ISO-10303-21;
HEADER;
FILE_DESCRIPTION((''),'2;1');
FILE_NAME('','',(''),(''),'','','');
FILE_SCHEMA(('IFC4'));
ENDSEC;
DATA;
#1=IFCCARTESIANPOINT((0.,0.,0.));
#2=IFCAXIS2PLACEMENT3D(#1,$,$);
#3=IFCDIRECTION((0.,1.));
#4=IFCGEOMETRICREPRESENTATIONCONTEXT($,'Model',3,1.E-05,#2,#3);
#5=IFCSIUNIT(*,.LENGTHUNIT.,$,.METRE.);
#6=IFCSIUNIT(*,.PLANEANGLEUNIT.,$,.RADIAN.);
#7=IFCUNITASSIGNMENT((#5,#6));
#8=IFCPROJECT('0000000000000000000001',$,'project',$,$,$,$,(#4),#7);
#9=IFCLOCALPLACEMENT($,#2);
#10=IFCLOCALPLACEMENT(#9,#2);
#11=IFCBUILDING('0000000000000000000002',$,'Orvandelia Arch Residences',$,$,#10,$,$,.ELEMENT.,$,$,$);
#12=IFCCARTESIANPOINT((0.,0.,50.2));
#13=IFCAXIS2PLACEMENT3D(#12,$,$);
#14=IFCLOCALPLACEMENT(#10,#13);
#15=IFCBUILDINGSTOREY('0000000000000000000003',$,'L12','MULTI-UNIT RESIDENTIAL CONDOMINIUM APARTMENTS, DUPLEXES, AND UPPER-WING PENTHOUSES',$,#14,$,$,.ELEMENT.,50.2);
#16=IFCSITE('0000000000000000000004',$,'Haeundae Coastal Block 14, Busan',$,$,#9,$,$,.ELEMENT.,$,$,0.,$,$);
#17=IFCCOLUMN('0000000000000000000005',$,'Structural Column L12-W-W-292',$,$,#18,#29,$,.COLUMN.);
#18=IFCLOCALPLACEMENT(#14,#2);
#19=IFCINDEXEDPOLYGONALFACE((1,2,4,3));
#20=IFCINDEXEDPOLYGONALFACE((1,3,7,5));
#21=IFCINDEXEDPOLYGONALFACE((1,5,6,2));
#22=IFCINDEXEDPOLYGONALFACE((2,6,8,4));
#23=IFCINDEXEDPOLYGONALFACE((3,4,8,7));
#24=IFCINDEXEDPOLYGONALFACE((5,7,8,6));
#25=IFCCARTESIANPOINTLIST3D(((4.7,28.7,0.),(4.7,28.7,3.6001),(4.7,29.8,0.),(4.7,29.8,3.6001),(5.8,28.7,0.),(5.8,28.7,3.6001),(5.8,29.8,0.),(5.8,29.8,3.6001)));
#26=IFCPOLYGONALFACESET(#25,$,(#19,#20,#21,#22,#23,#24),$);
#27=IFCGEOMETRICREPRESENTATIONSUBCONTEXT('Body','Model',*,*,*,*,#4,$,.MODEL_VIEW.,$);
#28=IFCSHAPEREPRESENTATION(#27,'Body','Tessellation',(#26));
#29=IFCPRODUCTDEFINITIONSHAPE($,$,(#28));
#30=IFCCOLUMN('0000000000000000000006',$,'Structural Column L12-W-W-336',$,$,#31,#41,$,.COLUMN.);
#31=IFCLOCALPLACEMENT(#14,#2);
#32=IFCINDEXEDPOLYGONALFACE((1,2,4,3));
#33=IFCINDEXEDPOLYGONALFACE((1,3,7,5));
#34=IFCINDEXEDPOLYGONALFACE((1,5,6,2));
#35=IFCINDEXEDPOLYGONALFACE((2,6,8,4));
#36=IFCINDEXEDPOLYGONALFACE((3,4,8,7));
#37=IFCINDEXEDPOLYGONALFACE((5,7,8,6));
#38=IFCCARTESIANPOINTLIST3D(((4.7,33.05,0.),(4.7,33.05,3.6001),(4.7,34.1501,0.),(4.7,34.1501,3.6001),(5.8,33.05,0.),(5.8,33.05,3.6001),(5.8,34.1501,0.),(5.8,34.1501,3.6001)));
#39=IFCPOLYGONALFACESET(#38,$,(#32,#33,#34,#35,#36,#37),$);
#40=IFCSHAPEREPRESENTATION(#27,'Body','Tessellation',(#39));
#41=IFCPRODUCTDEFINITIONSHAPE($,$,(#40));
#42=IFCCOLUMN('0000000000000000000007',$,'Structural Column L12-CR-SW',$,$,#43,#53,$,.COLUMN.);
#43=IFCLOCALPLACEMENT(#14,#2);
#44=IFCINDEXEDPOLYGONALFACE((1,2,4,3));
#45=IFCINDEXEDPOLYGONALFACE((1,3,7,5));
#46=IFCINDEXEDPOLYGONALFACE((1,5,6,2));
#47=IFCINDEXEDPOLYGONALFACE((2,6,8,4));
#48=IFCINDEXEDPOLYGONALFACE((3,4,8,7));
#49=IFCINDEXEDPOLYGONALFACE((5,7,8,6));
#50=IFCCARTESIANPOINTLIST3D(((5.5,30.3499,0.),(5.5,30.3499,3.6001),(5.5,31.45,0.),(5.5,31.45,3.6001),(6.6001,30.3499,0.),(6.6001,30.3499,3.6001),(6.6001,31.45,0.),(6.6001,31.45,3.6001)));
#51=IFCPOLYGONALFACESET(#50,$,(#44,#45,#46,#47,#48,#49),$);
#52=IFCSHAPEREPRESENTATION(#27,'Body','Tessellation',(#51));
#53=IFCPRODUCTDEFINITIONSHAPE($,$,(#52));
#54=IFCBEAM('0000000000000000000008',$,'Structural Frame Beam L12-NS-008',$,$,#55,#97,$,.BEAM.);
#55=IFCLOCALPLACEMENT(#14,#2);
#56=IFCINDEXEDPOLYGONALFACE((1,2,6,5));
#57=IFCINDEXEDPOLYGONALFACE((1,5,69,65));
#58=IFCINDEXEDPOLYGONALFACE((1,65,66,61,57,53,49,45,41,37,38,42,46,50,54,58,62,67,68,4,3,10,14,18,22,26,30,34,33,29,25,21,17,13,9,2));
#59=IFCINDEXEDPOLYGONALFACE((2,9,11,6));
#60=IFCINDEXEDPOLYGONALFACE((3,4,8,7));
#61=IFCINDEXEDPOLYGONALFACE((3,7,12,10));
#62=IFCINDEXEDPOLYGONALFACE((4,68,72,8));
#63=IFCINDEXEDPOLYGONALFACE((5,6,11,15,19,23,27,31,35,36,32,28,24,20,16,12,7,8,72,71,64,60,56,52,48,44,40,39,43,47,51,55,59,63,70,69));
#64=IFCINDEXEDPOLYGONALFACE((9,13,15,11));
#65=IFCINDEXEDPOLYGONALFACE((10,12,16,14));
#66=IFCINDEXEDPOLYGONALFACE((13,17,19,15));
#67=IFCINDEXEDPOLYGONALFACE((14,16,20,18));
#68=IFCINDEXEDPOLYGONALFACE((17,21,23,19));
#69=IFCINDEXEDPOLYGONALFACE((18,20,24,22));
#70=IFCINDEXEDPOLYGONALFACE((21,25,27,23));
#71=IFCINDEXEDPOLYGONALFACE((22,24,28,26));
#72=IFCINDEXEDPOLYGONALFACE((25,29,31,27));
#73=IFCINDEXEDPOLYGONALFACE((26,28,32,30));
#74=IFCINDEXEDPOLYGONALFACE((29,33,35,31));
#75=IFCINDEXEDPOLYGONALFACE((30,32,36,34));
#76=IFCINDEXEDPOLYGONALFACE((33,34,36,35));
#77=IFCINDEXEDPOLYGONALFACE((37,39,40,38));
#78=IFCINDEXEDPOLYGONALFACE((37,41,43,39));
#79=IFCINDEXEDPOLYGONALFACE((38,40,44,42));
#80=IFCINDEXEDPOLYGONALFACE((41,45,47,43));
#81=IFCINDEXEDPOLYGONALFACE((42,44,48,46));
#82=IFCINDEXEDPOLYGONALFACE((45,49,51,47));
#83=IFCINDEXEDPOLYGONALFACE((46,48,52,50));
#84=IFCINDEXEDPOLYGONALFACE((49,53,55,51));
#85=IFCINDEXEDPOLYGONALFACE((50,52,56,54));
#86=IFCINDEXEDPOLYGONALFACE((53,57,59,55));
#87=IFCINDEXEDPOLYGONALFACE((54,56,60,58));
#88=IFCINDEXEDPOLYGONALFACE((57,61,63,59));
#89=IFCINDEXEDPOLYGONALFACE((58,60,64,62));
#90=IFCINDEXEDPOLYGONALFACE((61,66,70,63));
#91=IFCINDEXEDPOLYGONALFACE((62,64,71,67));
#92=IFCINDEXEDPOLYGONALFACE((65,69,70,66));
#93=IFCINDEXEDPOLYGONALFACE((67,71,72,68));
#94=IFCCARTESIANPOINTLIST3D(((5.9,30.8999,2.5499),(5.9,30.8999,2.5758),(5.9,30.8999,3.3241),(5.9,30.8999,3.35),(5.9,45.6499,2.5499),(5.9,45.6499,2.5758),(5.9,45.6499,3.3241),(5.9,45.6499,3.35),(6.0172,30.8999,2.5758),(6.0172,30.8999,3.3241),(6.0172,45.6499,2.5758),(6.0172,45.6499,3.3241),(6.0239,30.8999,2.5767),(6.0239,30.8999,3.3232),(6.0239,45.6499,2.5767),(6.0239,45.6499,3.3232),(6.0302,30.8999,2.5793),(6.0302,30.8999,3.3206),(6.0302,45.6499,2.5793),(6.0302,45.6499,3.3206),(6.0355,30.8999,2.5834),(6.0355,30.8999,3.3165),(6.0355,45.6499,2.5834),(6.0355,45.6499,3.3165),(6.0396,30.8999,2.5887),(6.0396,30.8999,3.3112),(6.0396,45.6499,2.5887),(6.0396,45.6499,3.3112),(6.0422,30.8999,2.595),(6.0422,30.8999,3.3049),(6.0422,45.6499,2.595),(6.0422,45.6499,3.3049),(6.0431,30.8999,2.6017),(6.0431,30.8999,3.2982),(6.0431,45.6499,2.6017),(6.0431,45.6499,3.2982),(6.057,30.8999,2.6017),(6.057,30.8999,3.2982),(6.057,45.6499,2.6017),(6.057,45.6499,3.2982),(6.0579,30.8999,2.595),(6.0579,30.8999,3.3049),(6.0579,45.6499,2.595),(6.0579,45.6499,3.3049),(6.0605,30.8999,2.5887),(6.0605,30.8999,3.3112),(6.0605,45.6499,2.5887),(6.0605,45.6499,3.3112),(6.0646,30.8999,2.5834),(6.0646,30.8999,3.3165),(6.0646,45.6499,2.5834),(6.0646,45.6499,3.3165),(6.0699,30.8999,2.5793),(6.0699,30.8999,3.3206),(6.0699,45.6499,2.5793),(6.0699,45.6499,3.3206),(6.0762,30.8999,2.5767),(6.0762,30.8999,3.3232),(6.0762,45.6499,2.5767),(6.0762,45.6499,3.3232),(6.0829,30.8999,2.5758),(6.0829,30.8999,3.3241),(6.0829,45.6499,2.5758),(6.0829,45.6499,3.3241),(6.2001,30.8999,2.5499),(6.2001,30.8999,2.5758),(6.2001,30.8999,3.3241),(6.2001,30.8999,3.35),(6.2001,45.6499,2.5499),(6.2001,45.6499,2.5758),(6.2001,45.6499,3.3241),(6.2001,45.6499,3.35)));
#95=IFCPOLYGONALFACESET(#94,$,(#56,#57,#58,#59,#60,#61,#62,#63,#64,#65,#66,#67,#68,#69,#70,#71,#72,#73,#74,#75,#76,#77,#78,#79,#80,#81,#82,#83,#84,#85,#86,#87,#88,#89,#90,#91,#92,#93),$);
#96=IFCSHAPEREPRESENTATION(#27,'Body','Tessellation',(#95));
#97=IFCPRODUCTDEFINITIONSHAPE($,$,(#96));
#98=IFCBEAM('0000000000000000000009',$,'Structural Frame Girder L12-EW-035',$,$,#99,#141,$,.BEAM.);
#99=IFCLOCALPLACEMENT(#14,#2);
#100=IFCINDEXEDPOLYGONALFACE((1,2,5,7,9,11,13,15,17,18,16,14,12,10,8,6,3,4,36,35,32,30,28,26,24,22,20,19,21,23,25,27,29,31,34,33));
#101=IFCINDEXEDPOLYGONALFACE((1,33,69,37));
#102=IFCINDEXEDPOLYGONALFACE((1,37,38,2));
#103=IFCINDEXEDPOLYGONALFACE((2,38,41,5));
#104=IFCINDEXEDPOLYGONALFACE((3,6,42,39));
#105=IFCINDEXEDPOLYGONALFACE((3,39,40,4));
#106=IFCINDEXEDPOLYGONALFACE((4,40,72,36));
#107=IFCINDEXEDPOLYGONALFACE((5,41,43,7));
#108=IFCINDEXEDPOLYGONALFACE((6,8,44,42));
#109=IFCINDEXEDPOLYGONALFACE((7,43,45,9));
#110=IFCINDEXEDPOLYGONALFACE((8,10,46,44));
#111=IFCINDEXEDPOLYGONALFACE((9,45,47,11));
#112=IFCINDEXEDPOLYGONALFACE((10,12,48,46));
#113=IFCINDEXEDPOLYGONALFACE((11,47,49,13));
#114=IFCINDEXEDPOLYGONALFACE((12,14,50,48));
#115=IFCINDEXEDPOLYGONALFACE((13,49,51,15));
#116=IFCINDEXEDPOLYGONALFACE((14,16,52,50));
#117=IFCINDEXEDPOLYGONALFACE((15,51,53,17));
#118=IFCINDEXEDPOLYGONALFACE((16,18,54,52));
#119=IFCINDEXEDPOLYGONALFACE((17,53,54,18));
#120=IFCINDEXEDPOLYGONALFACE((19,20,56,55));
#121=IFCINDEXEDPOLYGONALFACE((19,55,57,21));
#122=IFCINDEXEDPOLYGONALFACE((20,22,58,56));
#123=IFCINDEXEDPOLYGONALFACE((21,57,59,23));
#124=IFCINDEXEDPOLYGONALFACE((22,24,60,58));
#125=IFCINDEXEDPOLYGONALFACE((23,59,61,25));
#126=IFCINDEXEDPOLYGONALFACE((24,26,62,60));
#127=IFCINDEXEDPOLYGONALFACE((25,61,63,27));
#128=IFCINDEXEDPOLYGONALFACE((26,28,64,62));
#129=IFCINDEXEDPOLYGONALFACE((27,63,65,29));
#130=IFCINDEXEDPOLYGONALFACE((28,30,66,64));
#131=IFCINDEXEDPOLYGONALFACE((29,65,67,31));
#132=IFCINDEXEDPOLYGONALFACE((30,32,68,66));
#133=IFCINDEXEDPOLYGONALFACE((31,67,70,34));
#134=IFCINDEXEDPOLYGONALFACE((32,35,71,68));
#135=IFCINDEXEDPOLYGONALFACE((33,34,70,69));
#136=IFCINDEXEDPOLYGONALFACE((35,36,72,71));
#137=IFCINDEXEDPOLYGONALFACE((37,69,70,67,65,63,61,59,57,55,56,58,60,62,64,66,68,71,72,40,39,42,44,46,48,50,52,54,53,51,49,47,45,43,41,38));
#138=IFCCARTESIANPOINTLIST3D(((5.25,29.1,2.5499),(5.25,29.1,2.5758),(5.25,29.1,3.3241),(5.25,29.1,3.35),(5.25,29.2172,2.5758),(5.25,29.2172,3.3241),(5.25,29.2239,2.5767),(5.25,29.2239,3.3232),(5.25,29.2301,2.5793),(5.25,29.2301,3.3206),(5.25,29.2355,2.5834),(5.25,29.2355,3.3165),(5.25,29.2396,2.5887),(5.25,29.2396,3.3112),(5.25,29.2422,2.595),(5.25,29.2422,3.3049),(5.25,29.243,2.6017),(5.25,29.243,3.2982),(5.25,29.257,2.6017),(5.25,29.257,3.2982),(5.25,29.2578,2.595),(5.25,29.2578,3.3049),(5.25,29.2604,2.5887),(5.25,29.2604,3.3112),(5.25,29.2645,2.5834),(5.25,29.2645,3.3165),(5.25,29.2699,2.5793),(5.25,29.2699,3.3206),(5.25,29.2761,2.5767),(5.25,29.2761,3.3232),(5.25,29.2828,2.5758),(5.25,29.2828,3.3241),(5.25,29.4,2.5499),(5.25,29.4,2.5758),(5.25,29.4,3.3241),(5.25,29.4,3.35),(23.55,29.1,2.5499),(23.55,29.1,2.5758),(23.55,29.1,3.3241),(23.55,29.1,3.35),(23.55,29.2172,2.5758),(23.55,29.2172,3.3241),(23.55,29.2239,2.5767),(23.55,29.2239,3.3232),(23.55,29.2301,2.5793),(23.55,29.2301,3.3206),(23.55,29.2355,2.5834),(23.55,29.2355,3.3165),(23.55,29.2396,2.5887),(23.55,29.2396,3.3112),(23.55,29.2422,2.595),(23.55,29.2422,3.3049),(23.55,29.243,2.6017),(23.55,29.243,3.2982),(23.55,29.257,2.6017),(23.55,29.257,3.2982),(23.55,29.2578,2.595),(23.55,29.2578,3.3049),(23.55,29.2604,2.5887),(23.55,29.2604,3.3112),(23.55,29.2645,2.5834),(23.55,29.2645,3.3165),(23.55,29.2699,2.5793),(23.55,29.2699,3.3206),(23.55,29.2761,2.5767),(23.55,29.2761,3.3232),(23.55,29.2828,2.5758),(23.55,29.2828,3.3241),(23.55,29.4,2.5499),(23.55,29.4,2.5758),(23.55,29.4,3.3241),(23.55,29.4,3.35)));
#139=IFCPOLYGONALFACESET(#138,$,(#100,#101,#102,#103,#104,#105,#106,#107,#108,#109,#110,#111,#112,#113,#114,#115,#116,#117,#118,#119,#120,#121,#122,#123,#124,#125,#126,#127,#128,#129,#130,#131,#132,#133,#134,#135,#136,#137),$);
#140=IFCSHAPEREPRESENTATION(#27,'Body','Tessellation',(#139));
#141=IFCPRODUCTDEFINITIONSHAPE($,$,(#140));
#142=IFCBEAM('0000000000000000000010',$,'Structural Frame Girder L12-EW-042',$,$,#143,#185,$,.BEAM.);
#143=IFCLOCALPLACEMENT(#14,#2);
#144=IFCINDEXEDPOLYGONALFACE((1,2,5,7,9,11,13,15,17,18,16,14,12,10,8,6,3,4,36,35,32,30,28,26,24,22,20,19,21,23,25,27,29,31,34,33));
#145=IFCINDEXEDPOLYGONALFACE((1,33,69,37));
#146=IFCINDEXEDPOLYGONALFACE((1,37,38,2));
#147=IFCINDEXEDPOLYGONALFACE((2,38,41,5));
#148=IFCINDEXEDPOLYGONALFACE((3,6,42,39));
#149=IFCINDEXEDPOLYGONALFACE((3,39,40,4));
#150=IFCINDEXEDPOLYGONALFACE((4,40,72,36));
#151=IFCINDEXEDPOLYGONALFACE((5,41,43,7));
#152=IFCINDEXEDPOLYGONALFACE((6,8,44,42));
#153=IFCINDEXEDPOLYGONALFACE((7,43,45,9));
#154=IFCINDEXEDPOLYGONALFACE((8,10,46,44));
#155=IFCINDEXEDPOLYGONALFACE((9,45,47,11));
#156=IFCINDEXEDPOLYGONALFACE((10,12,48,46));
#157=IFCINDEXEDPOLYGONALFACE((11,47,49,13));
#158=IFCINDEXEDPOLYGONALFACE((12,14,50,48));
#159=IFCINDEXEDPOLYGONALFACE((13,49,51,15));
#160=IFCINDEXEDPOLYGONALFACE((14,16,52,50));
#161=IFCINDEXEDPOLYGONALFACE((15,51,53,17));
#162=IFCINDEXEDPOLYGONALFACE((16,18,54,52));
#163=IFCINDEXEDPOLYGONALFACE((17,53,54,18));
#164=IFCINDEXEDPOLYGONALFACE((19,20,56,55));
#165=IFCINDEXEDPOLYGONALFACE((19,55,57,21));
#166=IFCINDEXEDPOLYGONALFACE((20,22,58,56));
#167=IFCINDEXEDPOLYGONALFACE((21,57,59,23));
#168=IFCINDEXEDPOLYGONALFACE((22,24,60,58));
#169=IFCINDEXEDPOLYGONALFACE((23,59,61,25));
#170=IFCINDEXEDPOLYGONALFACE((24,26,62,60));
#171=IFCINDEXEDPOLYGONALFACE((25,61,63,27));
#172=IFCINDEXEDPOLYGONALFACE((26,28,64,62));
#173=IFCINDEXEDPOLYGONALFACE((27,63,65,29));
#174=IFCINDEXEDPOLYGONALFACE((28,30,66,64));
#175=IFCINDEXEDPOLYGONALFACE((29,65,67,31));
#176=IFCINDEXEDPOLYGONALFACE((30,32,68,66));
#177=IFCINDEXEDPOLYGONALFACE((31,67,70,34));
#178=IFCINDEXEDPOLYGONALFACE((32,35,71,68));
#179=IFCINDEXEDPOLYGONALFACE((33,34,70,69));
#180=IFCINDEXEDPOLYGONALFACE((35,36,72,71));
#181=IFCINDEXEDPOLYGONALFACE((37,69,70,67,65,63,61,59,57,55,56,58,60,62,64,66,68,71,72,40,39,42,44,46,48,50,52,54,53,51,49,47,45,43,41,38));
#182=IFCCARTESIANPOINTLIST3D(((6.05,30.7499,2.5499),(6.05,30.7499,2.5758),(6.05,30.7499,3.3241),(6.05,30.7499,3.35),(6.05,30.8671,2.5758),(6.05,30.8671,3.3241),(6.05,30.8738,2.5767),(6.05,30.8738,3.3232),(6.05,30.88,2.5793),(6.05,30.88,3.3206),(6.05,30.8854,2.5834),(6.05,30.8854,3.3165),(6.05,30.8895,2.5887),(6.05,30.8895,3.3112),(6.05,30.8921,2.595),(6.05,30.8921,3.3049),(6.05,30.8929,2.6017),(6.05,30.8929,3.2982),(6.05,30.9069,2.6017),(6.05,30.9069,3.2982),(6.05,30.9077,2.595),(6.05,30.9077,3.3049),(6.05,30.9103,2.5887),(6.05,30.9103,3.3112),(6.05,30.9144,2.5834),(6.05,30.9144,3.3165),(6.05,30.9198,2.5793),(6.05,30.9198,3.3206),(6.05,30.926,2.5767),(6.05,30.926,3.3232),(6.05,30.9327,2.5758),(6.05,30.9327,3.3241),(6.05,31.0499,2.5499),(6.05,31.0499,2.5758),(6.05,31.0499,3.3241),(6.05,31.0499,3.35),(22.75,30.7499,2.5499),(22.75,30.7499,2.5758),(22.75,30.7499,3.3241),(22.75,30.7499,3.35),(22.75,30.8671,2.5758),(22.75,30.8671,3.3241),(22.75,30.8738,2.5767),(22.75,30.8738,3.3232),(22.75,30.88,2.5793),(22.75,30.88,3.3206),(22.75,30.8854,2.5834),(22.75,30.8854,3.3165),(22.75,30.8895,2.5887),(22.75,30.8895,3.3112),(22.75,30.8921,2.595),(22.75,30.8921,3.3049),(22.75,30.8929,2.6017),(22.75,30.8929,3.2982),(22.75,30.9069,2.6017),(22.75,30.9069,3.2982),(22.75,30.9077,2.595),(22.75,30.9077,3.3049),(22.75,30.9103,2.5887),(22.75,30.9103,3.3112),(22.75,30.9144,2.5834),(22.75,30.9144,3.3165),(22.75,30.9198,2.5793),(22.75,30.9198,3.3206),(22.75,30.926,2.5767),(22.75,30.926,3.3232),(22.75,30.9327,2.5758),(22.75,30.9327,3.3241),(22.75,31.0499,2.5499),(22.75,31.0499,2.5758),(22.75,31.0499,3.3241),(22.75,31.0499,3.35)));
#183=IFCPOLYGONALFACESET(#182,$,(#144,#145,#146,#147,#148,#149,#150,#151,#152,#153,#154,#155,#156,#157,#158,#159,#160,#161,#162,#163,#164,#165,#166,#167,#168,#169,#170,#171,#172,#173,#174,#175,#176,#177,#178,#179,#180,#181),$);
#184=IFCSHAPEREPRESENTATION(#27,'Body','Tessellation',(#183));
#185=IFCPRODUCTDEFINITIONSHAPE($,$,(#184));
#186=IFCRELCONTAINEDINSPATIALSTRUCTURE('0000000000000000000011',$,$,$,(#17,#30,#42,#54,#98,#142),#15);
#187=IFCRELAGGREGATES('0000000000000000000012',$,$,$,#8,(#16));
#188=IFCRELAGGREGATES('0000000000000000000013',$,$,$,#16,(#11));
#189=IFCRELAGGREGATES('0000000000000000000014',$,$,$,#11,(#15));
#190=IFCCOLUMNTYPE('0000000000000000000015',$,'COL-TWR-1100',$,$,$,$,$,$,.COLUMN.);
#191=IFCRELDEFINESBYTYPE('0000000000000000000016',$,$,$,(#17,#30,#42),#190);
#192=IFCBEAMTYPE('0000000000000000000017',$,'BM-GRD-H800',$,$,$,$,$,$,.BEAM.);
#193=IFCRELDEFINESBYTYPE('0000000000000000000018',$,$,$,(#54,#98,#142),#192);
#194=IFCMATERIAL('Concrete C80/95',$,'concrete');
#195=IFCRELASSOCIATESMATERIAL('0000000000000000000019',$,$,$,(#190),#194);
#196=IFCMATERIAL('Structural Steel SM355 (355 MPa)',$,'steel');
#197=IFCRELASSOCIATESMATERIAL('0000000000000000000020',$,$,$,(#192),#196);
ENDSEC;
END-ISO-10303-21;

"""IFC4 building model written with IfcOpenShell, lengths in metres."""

from ifc_helpers import new_model, si_unit, direction, frame, origin, origin_2d, place, context, subcontext, project, spatial, rectangle, i_section, extrude, material, material_profile, profile_set, type_object, element, save


model = new_model("IFC4")

# Units and contexts
model_context = context("Model", 3, precision=1e-05, world=origin(), true_north=direction((0.0, 1.0)))
body_context = subcontext(model_context, "Body", "Model", "MODEL_VIEW")
ifc_project = project(units=[si_unit("LENGTHUNIT", "METRE"), si_unit("PLANEANGLEUNIT", "RADIAN")], contexts=[model_context])

# Site, building, storey
site_placement = place(None, origin())
site = spatial("IfcSite", under=ifc_project, at=site_placement, Name="Haeundae Coastal Block 14, Busan", CompositionType="ELEMENT", RefElevation=0.0)
building_placement = place(site_placement, origin())
building = spatial("IfcBuilding", under=site, at=building_placement, Name="Orvandelia Arch Residences", CompositionType="ELEMENT")
storey_placement = place(building_placement, frame((0.0, 0.0, 50.2)))
storey = spatial("IfcBuildingStorey", under=building, at=storey_placement, Name="L12", Description="MULTI-UNIT RESIDENTIAL CONDOMINIUM APARTMENTS, DUPLEXES, AND UPPER-WING PENTHOUSES", CompositionType="ELEMENT", Elevation=50.2)

# Columns
ifc_material_1 = material(Name="Concrete C80/95", Category="concrete")
ifc_material_profile_1 = material_profile(ifc_material_1, rectangle(XDim=1.1001, YDim=1.1001, at=origin_2d()), Name="Concrete C80/95", Category="concrete")
ifc_profile_set_1 = profile_set([ifc_material_profile_1], Name="Concrete C80/95")
column_type = type_object("IfcColumnType", Name="COL-TWR-1100", PredefinedType="COLUMN", material=ifc_profile_set_1)
for number, where, z_axis, x_axis, name in (
    (1, (5.25, 29.25, 0.0), (0.0, 0.0, 1.0), (1.0, 0.0, 0.0), "Structural Column L12-W-W-292"),
    (2, (5.25, 33.6001, 0.0), (0.0, 0.0, 1.0), (1.0, 0.0, 0.0), "Structural Column L12-W-W-336"),
    (3, (6.05, 30.8999, 0.0), (0.0, 0.0, 1.0), (1.0, 0.0, 0.0), "Structural Column L12-CR-SW"),
):
    element("IfcColumn", number, at=place(storey_placement, frame(where, z_axis=z_axis, x_axis=x_axis)), inside=storey, type_object=column_type, Name=name, PredefinedType="COLUMN", context=body_context, shape_type="SweptSolid", body=[
        extrude(rectangle(XDim=1.1001, YDim=1.1001, at=origin_2d()), origin(), (0.0, 0.0, 1.0), 3.6001),
    ])

# Beams
ifc_material_2 = material(Name="Structural Steel SM355 (355 MPa)", Category="steel")
ifc_material_profile_2 = material_profile(ifc_material_2, i_section(OverallWidth=0.3, OverallDepth=0.8, WebThickness=0.0139, FlangeThickness=0.0259, FilletRadius=0.0259, at=origin_2d()), Name="Structural Steel SM355 (355 MPa)", Category="steel")
ifc_profile_set_2 = profile_set([ifc_material_profile_2], Name="Structural Steel SM355 (355 MPa)")
beam_type_1 = type_object("IfcBeamType", Name="BM-GRD-H800", PredefinedType="BEAM", material=ifc_profile_set_2)
beam_1_placement = place(storey_placement, frame((6.05, 30.8999, 2.95), z_axis=(0.0, 1.0, 0.0), x_axis=(-1.0, 0.0, 0.0)))
element("IfcBeam", 4, at=beam_1_placement, inside=storey, type_object=beam_type_1, Name="Structural Frame Beam L12-NS-008", PredefinedType="BEAM", context=body_context, shape_type="SweptSolid", body=[
    extrude(i_section(OverallWidth=0.3, OverallDepth=0.8, WebThickness=0.0139, FlangeThickness=0.0259, FilletRadius=0.0259, at=origin_2d()), origin(), (0.0, 0.0, 1.0), 14.75),
])
beam_2_placement = place(storey_placement, frame((5.25, 29.25, 2.95), z_axis=(1.0, 0.0, 0.0), x_axis=(0.0, 1.0, 0.0)))
element("IfcBeam", 5, at=beam_2_placement, inside=storey, type_object=beam_type_1, Name="Structural Frame Girder L12-EW-035", PredefinedType="BEAM", context=body_context, shape_type="SweptSolid", body=[
    extrude(i_section(OverallWidth=0.3, OverallDepth=0.8, WebThickness=0.0139, FlangeThickness=0.0259, FilletRadius=0.0259, at=origin_2d()), origin(), (0.0, 0.0, 1.0), 18.3),
])
beam_3_placement = place(storey_placement, frame((6.05, 30.8999, 2.95), z_axis=(1.0, 0.0, 0.0), x_axis=(0.0, 1.0, 0.0)))
element("IfcBeam", 6, at=beam_3_placement, inside=storey, type_object=beam_type_1, Name="Structural Frame Girder L12-EW-042", PredefinedType="BEAM", context=body_context, shape_type="SweptSolid", body=[
    extrude(i_section(OverallWidth=0.3, OverallDepth=0.8, WebThickness=0.0139, FlangeThickness=0.0259, FilletRadius=0.0259, at=origin_2d()), origin(), (0.0, 0.0, 1.0), 16.7),
])

save(model, "model.ifc")
